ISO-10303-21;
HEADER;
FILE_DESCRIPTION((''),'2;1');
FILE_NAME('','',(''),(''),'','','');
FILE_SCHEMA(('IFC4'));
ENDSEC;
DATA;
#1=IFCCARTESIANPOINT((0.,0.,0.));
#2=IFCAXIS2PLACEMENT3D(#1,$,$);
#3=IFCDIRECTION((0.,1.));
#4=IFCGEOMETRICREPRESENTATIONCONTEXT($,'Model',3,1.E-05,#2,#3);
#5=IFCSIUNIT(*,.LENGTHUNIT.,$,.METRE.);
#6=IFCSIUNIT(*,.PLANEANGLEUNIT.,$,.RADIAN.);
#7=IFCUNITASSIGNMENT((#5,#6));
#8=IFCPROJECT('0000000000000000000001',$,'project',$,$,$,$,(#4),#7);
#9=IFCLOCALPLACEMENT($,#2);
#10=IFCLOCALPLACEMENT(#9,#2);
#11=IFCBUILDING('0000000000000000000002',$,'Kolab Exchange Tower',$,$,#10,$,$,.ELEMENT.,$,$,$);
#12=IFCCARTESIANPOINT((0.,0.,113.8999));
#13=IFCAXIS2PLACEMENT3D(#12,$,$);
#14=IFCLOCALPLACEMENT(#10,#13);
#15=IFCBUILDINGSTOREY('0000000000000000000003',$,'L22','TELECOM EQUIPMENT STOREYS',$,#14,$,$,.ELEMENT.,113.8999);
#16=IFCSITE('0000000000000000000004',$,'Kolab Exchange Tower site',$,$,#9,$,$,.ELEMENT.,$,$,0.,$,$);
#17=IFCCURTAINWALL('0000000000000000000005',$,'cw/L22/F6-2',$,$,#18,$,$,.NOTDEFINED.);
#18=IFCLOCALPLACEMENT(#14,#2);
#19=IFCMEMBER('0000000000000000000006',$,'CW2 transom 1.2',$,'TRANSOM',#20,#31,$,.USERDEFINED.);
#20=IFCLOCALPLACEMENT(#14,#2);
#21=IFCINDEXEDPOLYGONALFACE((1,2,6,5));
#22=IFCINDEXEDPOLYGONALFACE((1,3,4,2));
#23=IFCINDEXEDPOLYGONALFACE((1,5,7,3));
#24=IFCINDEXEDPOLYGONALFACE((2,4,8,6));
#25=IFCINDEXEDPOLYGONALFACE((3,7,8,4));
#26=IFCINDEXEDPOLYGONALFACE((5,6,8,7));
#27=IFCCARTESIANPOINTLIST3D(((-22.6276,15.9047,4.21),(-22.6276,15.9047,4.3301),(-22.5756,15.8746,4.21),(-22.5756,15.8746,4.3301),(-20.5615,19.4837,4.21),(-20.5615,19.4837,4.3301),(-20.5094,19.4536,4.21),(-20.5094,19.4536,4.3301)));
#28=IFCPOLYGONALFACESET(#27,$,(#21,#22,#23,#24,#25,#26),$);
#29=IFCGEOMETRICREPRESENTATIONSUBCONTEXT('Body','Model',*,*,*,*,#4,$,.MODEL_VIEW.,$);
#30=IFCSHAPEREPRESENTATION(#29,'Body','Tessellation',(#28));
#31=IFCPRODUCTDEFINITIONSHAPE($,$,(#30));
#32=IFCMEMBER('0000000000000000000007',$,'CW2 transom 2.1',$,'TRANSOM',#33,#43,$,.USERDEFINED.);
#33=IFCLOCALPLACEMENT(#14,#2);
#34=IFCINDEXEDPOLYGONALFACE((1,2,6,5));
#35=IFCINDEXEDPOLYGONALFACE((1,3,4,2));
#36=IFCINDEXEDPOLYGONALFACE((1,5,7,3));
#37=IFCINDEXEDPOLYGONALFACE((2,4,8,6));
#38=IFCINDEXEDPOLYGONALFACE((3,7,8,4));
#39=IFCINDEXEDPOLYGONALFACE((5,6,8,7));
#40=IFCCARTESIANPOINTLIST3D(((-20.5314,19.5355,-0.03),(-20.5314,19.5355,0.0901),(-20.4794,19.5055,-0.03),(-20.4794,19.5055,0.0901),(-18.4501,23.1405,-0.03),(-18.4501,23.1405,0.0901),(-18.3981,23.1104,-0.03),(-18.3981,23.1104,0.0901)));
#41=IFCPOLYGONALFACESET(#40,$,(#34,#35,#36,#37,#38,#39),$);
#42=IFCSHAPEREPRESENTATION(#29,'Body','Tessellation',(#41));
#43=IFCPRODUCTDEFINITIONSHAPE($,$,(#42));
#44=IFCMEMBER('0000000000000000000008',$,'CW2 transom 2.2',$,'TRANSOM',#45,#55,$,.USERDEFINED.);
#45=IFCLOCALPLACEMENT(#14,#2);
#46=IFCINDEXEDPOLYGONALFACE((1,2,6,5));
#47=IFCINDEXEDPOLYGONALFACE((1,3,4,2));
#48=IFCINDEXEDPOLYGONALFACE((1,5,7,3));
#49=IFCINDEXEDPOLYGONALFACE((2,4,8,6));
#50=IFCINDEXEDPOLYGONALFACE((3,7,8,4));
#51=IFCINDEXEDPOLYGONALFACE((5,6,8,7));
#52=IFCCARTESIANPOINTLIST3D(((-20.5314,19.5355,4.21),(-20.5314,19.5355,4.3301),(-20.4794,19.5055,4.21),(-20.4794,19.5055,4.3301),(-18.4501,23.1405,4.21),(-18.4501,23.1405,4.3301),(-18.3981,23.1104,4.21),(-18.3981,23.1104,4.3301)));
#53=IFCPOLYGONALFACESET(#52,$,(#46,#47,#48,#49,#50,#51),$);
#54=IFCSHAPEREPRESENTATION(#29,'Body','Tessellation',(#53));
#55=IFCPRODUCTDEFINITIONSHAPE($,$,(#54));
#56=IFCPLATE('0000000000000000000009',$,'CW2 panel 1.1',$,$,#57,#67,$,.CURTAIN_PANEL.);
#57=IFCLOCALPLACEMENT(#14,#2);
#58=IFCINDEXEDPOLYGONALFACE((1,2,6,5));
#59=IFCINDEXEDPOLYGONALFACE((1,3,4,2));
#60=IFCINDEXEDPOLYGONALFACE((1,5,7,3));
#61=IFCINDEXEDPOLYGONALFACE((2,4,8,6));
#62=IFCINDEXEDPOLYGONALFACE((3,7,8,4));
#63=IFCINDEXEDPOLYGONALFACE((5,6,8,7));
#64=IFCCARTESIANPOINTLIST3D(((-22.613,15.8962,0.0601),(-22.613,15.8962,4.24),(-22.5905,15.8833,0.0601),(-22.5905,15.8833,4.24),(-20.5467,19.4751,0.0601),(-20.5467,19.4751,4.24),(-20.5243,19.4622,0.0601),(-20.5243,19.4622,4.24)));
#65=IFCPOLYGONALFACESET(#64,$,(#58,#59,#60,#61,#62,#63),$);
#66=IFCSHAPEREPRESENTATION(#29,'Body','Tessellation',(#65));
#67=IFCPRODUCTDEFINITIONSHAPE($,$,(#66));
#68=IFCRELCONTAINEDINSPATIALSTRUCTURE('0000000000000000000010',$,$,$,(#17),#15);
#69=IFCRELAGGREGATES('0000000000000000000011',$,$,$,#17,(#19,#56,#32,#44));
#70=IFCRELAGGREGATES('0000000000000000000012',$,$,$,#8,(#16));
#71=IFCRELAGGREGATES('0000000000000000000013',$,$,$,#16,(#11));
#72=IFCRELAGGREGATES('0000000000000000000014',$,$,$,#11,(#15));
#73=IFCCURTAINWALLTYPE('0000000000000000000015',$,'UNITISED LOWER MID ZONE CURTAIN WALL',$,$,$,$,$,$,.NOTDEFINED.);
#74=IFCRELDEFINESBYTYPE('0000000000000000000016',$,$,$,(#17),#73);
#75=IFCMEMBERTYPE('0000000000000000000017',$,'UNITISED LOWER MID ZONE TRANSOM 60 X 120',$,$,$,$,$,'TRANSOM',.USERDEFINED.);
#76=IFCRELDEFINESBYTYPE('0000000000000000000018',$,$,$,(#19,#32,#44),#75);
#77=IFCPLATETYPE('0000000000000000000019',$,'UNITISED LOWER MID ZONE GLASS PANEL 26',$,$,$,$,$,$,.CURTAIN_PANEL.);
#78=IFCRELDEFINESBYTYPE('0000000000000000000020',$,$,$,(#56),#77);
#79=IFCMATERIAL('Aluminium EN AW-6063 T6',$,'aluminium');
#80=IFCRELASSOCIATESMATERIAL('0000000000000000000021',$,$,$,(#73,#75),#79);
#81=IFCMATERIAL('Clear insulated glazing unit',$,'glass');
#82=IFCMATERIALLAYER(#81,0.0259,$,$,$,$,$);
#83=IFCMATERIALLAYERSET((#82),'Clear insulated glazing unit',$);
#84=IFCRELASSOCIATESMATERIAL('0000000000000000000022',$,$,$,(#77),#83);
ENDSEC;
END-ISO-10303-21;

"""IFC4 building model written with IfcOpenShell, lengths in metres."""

from ifc_helpers import new_model, si_unit, direction, frame, origin, origin_2d, place, context, subcontext, project, spatial, rectangle, extrude, material, layer, layer_set, material_profile, profile_set, type_object, element, aggregate, save


model = new_model("IFC4")

# Units and contexts
model_context = context("Model", 3, precision=1e-05, world=origin(), true_north=direction((0.0, 1.0)))
body_context = subcontext(model_context, "Body", "Model", "MODEL_VIEW")
ifc_project = project(units=[si_unit("LENGTHUNIT", "METRE"), si_unit("PLANEANGLEUNIT", "RADIAN")], contexts=[model_context])

# Site, building, storey
site_placement = place(None, origin())
site = spatial("IfcSite", under=ifc_project, at=site_placement, Name="Kolab Exchange Tower site", CompositionType="ELEMENT", RefElevation=0.0)
building_placement = place(site_placement, origin())
building = spatial("IfcBuilding", under=site, at=building_placement, Name="Kolab Exchange Tower", CompositionType="ELEMENT")
storey_placement = place(building_placement, frame((0.0, 0.0, 113.8999)))
storey = spatial("IfcBuildingStorey", under=building, at=storey_placement, Name="L22", Description="TELECOM EQUIPMENT STOREYS", CompositionType="ELEMENT", Elevation=113.8999)

# Shared definitions
ifc_material_1 = material(Name="Aluminium EN AW-6063 T6", Category="aluminium")
curtain_wall_type = type_object("IfcCurtainWallType", Name="UNITISED LOWER MID ZONE CURTAIN WALL", PredefinedType="NOTDEFINED", material=ifc_material_1)

# Curtain wall, members, plate
curtain_wall_1_placement = place(storey_placement, origin())
curtain_wall_1 = element("IfcCurtainWall", 1, at=curtain_wall_1_placement, inside=storey, type_object=curtain_wall_type, Name="cw/L22/F6-2", PredefinedType="NOTDEFINED")
ifc_material_profile_1 = material_profile(ifc_material_1, rectangle(XDim=0.0601, YDim=0.1201, at=origin_2d()), Name="RECT 60X120")
ifc_profile_set_1 = profile_set([ifc_material_profile_1], Name="Aluminium EN AW-6063 T6")
member_type_1 = type_object("IfcMemberType", Name="UNITISED LOWER MID ZONE TRANSOM 60 X 120", ElementType="TRANSOM", PredefinedType="USERDEFINED", material=ifc_profile_set_1)
member_1_placement = place(storey_placement, frame((-22.6016, 15.8896, 4.27), z_axis=(0.499958, 0.86605, 0.0), x_axis=(-0.86605, 0.499958, 0.0)))
member_1 = element("IfcMember", 2, at=member_1_placement, type_object=member_type_1, Name="CW2 transom 1.2", ObjectType="TRANSOM", PredefinedType="USERDEFINED", context=body_context, shape_type="SweptSolid", body=[
    extrude(rectangle(XDim=0.0601, YDim=0.1201, at=origin_2d()), origin(), (0.0, 0.0, 1.0), 4.1326),
])
member_2_placement = place(storey_placement, frame((-20.5054, 19.5205, 0.03), z_axis=(0.499993, 0.866029, 0.0), x_axis=(-0.866029, 0.499993, 0.0)))
member_2 = element("IfcMember", 3, at=member_2_placement, type_object=member_type_1, Name="CW2 transom 2.1", ObjectType="TRANSOM", PredefinedType="USERDEFINED", context=body_context, shape_type="SweptSolid", body=[
    extrude(rectangle(XDim=0.0601, YDim=0.1201, at=origin_2d()), origin(), (0.0, 0.0, 1.0), 4.1626),
])
member_3_placement = place(storey_placement, frame((-20.5054, 19.5205, 4.27), z_axis=(0.499993, 0.866029, 0.0), x_axis=(-0.866029, 0.499993, 0.0)))
member_3 = element("IfcMember", 4, at=member_3_placement, type_object=member_type_1, Name="CW2 transom 2.2", ObjectType="TRANSOM", PredefinedType="USERDEFINED", context=body_context, shape_type="SweptSolid", body=[
    extrude(rectangle(XDim=0.0601, YDim=0.1201, at=origin_2d()), origin(), (0.0, 0.0, 1.0), 4.1626),
])
ifc_material_2 = material(Name="Clear insulated glazing unit", Category="glass")
ifc_layer_1 = layer(ifc_material_2, 0.0259)
ifc_layer_set_1 = layer_set([ifc_layer_1], Name="Clear insulated glazing unit")
plate_type = type_object("IfcPlateType", Name="UNITISED LOWER MID ZONE GLASS PANEL 26", PredefinedType="CURTAIN_PANEL", material=ifc_layer_set_1)
plate_placement = place(storey_placement, frame((-21.5686, 17.6792, 0.0601), z_axis=(0.0, 0.0, 1.0), x_axis=(0.5, 0.866025, 0.0)))
plate = element("IfcPlate", 5, at=plate_placement, type_object=plate_type, Name="CW2 panel 1.1", PredefinedType="CURTAIN_PANEL", context=body_context, shape_type="SweptSolid", body=[
    extrude(rectangle(XDim=4.1326, YDim=0.0259, at=origin_2d()), origin(), (0.0, 0.0, 1.0), 4.1799),
])
aggregate(curtain_wall_1, [member_1, plate, member_2, member_3])

save(model, "model.ifc")
